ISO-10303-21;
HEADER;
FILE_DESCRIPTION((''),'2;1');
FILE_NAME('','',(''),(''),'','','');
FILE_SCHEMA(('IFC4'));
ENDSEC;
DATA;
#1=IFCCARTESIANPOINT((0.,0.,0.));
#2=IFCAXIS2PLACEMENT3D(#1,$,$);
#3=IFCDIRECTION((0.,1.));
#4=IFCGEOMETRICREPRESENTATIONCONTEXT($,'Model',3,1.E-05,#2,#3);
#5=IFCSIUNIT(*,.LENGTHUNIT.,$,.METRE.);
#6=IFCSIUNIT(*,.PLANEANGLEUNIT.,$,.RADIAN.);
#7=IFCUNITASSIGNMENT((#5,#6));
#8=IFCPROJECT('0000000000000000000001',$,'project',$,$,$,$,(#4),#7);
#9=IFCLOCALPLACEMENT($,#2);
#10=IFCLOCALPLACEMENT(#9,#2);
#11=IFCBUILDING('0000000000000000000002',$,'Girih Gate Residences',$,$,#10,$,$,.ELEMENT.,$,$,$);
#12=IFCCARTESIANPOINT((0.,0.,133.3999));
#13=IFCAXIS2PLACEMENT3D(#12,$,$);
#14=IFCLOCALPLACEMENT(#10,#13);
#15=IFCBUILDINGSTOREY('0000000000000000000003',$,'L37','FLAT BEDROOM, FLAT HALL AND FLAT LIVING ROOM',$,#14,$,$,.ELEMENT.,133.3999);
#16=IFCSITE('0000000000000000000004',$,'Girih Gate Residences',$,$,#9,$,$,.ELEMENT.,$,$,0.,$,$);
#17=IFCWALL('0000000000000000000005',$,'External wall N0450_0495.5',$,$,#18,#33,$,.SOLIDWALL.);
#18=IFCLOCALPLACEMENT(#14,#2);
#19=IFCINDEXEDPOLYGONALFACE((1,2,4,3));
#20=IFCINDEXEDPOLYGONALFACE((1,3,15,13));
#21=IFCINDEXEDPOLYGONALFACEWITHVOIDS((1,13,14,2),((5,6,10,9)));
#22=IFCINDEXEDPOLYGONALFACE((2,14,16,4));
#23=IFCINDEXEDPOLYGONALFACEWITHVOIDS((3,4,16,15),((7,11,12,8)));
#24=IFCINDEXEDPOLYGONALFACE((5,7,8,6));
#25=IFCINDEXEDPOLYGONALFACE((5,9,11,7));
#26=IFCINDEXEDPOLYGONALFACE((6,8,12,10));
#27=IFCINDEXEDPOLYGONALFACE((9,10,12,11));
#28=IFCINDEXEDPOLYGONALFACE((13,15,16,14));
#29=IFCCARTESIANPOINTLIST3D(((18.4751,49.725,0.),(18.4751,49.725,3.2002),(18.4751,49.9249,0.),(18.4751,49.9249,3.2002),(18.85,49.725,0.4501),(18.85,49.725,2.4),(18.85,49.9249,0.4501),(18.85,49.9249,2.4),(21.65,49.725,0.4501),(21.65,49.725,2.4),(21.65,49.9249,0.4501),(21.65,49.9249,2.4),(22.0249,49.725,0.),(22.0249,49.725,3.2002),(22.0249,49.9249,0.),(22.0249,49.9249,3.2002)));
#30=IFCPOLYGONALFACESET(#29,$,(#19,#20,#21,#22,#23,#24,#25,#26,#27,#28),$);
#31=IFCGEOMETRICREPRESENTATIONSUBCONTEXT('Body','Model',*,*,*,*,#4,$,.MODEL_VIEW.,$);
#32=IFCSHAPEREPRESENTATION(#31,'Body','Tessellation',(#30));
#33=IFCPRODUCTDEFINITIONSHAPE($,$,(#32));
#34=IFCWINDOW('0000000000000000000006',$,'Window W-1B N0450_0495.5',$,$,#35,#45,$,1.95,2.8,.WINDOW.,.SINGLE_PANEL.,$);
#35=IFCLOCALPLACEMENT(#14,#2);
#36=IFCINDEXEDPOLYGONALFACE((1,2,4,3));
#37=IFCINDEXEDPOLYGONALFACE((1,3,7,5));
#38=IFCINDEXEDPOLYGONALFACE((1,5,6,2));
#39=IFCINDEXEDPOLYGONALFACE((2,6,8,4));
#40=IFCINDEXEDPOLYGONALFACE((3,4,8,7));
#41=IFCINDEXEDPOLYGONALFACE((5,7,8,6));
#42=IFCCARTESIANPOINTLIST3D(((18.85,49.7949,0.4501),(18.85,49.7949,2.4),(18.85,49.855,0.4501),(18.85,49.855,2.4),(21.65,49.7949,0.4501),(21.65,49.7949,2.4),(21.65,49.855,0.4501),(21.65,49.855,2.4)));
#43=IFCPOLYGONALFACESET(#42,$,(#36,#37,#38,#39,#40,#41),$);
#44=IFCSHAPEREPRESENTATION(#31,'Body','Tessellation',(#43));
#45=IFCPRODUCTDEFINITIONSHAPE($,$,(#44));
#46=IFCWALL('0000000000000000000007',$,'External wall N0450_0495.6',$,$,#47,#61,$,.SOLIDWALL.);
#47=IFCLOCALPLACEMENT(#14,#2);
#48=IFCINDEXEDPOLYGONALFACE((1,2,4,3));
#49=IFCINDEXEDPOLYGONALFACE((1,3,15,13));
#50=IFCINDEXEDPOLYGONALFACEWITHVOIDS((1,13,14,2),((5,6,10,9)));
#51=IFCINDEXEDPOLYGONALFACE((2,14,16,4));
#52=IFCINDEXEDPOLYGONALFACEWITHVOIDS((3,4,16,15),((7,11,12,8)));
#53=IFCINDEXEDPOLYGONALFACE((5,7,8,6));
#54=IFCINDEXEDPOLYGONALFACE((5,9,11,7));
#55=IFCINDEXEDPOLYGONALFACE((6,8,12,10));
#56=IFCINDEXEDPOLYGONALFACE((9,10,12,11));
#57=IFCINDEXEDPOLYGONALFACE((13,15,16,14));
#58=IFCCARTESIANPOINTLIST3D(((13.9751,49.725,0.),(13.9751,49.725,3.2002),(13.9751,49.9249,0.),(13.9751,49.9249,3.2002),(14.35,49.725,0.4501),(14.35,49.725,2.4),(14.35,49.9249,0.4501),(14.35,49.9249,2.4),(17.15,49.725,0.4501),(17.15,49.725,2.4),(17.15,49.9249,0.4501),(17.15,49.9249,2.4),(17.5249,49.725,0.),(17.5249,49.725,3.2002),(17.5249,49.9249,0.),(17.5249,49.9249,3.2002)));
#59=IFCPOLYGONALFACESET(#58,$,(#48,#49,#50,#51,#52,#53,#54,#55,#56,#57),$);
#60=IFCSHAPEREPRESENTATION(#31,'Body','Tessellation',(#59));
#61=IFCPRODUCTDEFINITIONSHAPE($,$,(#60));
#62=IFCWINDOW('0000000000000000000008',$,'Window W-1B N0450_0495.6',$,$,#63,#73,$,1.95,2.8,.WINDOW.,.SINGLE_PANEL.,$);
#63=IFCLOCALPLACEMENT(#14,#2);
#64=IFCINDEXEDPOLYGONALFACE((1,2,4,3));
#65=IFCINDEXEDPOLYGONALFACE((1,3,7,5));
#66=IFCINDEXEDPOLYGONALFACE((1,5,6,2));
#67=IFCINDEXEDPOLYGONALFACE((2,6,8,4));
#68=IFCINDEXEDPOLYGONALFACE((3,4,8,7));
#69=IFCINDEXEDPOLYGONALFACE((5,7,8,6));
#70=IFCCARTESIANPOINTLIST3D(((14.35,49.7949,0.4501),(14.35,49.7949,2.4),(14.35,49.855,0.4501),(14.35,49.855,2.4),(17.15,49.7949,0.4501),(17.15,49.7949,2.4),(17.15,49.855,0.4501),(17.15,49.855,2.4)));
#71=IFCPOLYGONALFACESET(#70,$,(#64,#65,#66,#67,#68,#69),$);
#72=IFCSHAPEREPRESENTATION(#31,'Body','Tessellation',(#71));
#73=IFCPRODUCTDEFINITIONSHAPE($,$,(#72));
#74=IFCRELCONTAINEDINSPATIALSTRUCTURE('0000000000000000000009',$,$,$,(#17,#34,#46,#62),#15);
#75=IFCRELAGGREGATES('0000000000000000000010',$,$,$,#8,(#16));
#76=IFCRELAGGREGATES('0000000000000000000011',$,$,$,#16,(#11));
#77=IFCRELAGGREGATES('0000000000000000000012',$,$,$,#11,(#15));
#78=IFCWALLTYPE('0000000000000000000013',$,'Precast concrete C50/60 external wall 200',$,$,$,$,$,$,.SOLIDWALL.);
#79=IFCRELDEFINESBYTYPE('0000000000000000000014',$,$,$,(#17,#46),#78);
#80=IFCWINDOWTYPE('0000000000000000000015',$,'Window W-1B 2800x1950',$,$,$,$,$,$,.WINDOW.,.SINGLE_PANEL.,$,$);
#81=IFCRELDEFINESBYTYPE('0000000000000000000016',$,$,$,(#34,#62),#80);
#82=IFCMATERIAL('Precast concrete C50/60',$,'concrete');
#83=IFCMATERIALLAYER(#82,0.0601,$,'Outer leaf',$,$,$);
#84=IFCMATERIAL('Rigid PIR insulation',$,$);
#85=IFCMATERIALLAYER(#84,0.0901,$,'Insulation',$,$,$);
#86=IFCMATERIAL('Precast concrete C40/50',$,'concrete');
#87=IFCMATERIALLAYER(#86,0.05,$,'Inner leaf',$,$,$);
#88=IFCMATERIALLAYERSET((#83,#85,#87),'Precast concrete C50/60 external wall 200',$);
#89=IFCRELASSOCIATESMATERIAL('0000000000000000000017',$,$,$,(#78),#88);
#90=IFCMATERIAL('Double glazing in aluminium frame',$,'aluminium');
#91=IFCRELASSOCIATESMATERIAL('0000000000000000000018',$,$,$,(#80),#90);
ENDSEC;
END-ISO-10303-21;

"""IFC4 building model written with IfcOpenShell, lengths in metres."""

from ifc_helpers import new_model, si_unit, direction, frame, frame_2d, origin, place, context, subcontext, project, spatial, rectangle, extrude, material, layer, layer_set, type_object, element, fill, save


model = new_model("IFC4")

# Units and contexts
model_context = context("Model", 3, precision=1e-05, world=origin(), true_north=direction((0.0, 1.0)))
body_context = subcontext(model_context, "Body", "Model", "MODEL_VIEW")
ifc_project = project(units=[si_unit("LENGTHUNIT", "METRE"), si_unit("PLANEANGLEUNIT", "RADIAN")], contexts=[model_context])

# Site, building, storey
site_placement = place(None, origin())
site = spatial("IfcSite", under=ifc_project, at=site_placement, Name="Girih Gate Residences", CompositionType="ELEMENT", RefElevation=0.0)
building_placement = place(site_placement, origin())
building = spatial("IfcBuilding", under=site, at=building_placement, Name="Girih Gate Residences", CompositionType="ELEMENT")
storey_placement = place(building_placement, frame((0.0, 0.0, 133.3999)))
storey = spatial("IfcBuildingStorey", under=building, at=storey_placement, Name="L37", Description="FLAT BEDROOM, FLAT HALL AND FLAT LIVING ROOM", CompositionType="ELEMENT", Elevation=133.3999)

# Walls, openings, windows
ifc_material_1 = material(Name="Precast concrete C50/60", Category="concrete")
ifc_layer_1 = layer(ifc_material_1, 0.0601, Name="Outer leaf")
ifc_material_2 = material(Name="Rigid PIR insulation")
ifc_layer_2 = layer(ifc_material_2, 0.0901, Name="Insulation")
ifc_material_3 = material(Name="Precast concrete C40/50", Category="concrete")
ifc_layer_3 = layer(ifc_material_3, 0.05, Name="Inner leaf")
ifc_layer_set_1 = layer_set([ifc_layer_1, ifc_layer_2, ifc_layer_3], Name="Precast concrete C50/60 external wall 200")
wall_type_1 = type_object("IfcWallType", Name="Precast concrete C50/60 external wall 200", PredefinedType="SOLIDWALL", material=ifc_layer_set_1)
wall_1_placement = place(storey_placement, frame((18.4751, 49.825, 0.0), z_axis=(0.0, 0.0, 1.0), x_axis=(1.0, 0.0, 0.0)))
wall_1 = element("IfcWall", 1, at=wall_1_placement, inside=storey, type_object=wall_type_1, Name="External wall N0450_0495.5", PredefinedType="SOLIDWALL", context=body_context, shape_type="SweptSolid", body=[
    extrude(rectangle(XDim=3.5498, YDim=0.2, at=frame_2d((1.7749, 0.0))), origin(), (0.0, 0.0, 1.0), 3.2002),
])
opening_1_placement = place(wall_1_placement, frame((0.375, 0.0, 0.45)))
opening_1 = element("IfcOpeningElement", 2, at=opening_1_placement, cuts=wall_1, PredefinedType="OPENING", context=body_context, shape_type="SweptSolid", body=[
    extrude(rectangle(XDim=2.8, YDim=1.95, at=frame_2d((1.3999, 0.9751))), frame((0.0, 0.1099, 0.0), z_axis=(0.0, -1.0, 0.0), x_axis=(1.0, 0.0, 0.0)), (0.0, 0.0, 1.0), 0.22),
])
ifc_material_4 = material(Name="Double glazing in aluminium frame", Category="aluminium")
window_type = type_object("IfcWindowType", Name="Window W-1B 2800x1950", PartitioningType="SINGLE_PANEL", PredefinedType="WINDOW", material=ifc_material_4)
window_1_placement = place(opening_1_placement, origin())
window_1 = element("IfcWindow", 3, at=window_1_placement, inside=storey, type_object=window_type, Name="Window W-1B N0450_0495.5", OverallHeight=1.95, OverallWidth=2.8, PartitioningType="SINGLE_PANEL", PredefinedType="WINDOW", context=body_context, shape_type="SweptSolid", body=[
    extrude(rectangle(XDim=2.8, YDim=1.95, at=frame_2d((1.3999, 0.9751))), frame((0.0, 0.03, 0.0), z_axis=(0.0, -1.0, 0.0), x_axis=(1.0, 0.0, 0.0)), (0.0, 0.0, 1.0), 0.0601),
])
fill(opening_1, window_1)
wall_2_placement = place(storey_placement, frame((13.9751, 49.825, 0.0), z_axis=(0.0, 0.0, 1.0), x_axis=(1.0, 0.0, 0.0)))
wall_2 = element("IfcWall", 4, at=wall_2_placement, inside=storey, type_object=wall_type_1, Name="External wall N0450_0495.6", PredefinedType="SOLIDWALL", context=body_context, shape_type="SweptSolid", body=[
    extrude(rectangle(XDim=3.5498, YDim=0.2, at=frame_2d((1.7749, 0.0))), origin(), (0.0, 0.0, 1.0), 3.2002),
])
opening_2_placement = place(wall_2_placement, frame((0.375, 0.0, 0.45)))
opening_2 = element("IfcOpeningElement", 5, at=opening_2_placement, cuts=wall_2, PredefinedType="OPENING", context=body_context, shape_type="SweptSolid", body=[
    extrude(rectangle(XDim=2.8, YDim=1.95, at=frame_2d((1.3999, 0.9751))), frame((0.0, 0.1099, 0.0), z_axis=(0.0, -1.0, 0.0), x_axis=(1.0, 0.0, 0.0)), (0.0, 0.0, 1.0), 0.22),
])
window_2_placement = place(opening_2_placement, origin())
window_2 = element("IfcWindow", 6, at=window_2_placement, inside=storey, type_object=window_type, Name="Window W-1B N0450_0495.6", OverallHeight=1.95, OverallWidth=2.8, PartitioningType="SINGLE_PANEL", PredefinedType="WINDOW", context=body_context, shape_type="SweptSolid", body=[
    extrude(rectangle(XDim=2.8, YDim=1.95, at=frame_2d((1.3999, 0.9751))), frame((0.0, 0.03, 0.0), z_axis=(0.0, -1.0, 0.0), x_axis=(1.0, 0.0, 0.0)), (0.0, 0.0, 1.0), 0.0601),
])
fill(opening_2, window_2)

save(model, "model.ifc")
